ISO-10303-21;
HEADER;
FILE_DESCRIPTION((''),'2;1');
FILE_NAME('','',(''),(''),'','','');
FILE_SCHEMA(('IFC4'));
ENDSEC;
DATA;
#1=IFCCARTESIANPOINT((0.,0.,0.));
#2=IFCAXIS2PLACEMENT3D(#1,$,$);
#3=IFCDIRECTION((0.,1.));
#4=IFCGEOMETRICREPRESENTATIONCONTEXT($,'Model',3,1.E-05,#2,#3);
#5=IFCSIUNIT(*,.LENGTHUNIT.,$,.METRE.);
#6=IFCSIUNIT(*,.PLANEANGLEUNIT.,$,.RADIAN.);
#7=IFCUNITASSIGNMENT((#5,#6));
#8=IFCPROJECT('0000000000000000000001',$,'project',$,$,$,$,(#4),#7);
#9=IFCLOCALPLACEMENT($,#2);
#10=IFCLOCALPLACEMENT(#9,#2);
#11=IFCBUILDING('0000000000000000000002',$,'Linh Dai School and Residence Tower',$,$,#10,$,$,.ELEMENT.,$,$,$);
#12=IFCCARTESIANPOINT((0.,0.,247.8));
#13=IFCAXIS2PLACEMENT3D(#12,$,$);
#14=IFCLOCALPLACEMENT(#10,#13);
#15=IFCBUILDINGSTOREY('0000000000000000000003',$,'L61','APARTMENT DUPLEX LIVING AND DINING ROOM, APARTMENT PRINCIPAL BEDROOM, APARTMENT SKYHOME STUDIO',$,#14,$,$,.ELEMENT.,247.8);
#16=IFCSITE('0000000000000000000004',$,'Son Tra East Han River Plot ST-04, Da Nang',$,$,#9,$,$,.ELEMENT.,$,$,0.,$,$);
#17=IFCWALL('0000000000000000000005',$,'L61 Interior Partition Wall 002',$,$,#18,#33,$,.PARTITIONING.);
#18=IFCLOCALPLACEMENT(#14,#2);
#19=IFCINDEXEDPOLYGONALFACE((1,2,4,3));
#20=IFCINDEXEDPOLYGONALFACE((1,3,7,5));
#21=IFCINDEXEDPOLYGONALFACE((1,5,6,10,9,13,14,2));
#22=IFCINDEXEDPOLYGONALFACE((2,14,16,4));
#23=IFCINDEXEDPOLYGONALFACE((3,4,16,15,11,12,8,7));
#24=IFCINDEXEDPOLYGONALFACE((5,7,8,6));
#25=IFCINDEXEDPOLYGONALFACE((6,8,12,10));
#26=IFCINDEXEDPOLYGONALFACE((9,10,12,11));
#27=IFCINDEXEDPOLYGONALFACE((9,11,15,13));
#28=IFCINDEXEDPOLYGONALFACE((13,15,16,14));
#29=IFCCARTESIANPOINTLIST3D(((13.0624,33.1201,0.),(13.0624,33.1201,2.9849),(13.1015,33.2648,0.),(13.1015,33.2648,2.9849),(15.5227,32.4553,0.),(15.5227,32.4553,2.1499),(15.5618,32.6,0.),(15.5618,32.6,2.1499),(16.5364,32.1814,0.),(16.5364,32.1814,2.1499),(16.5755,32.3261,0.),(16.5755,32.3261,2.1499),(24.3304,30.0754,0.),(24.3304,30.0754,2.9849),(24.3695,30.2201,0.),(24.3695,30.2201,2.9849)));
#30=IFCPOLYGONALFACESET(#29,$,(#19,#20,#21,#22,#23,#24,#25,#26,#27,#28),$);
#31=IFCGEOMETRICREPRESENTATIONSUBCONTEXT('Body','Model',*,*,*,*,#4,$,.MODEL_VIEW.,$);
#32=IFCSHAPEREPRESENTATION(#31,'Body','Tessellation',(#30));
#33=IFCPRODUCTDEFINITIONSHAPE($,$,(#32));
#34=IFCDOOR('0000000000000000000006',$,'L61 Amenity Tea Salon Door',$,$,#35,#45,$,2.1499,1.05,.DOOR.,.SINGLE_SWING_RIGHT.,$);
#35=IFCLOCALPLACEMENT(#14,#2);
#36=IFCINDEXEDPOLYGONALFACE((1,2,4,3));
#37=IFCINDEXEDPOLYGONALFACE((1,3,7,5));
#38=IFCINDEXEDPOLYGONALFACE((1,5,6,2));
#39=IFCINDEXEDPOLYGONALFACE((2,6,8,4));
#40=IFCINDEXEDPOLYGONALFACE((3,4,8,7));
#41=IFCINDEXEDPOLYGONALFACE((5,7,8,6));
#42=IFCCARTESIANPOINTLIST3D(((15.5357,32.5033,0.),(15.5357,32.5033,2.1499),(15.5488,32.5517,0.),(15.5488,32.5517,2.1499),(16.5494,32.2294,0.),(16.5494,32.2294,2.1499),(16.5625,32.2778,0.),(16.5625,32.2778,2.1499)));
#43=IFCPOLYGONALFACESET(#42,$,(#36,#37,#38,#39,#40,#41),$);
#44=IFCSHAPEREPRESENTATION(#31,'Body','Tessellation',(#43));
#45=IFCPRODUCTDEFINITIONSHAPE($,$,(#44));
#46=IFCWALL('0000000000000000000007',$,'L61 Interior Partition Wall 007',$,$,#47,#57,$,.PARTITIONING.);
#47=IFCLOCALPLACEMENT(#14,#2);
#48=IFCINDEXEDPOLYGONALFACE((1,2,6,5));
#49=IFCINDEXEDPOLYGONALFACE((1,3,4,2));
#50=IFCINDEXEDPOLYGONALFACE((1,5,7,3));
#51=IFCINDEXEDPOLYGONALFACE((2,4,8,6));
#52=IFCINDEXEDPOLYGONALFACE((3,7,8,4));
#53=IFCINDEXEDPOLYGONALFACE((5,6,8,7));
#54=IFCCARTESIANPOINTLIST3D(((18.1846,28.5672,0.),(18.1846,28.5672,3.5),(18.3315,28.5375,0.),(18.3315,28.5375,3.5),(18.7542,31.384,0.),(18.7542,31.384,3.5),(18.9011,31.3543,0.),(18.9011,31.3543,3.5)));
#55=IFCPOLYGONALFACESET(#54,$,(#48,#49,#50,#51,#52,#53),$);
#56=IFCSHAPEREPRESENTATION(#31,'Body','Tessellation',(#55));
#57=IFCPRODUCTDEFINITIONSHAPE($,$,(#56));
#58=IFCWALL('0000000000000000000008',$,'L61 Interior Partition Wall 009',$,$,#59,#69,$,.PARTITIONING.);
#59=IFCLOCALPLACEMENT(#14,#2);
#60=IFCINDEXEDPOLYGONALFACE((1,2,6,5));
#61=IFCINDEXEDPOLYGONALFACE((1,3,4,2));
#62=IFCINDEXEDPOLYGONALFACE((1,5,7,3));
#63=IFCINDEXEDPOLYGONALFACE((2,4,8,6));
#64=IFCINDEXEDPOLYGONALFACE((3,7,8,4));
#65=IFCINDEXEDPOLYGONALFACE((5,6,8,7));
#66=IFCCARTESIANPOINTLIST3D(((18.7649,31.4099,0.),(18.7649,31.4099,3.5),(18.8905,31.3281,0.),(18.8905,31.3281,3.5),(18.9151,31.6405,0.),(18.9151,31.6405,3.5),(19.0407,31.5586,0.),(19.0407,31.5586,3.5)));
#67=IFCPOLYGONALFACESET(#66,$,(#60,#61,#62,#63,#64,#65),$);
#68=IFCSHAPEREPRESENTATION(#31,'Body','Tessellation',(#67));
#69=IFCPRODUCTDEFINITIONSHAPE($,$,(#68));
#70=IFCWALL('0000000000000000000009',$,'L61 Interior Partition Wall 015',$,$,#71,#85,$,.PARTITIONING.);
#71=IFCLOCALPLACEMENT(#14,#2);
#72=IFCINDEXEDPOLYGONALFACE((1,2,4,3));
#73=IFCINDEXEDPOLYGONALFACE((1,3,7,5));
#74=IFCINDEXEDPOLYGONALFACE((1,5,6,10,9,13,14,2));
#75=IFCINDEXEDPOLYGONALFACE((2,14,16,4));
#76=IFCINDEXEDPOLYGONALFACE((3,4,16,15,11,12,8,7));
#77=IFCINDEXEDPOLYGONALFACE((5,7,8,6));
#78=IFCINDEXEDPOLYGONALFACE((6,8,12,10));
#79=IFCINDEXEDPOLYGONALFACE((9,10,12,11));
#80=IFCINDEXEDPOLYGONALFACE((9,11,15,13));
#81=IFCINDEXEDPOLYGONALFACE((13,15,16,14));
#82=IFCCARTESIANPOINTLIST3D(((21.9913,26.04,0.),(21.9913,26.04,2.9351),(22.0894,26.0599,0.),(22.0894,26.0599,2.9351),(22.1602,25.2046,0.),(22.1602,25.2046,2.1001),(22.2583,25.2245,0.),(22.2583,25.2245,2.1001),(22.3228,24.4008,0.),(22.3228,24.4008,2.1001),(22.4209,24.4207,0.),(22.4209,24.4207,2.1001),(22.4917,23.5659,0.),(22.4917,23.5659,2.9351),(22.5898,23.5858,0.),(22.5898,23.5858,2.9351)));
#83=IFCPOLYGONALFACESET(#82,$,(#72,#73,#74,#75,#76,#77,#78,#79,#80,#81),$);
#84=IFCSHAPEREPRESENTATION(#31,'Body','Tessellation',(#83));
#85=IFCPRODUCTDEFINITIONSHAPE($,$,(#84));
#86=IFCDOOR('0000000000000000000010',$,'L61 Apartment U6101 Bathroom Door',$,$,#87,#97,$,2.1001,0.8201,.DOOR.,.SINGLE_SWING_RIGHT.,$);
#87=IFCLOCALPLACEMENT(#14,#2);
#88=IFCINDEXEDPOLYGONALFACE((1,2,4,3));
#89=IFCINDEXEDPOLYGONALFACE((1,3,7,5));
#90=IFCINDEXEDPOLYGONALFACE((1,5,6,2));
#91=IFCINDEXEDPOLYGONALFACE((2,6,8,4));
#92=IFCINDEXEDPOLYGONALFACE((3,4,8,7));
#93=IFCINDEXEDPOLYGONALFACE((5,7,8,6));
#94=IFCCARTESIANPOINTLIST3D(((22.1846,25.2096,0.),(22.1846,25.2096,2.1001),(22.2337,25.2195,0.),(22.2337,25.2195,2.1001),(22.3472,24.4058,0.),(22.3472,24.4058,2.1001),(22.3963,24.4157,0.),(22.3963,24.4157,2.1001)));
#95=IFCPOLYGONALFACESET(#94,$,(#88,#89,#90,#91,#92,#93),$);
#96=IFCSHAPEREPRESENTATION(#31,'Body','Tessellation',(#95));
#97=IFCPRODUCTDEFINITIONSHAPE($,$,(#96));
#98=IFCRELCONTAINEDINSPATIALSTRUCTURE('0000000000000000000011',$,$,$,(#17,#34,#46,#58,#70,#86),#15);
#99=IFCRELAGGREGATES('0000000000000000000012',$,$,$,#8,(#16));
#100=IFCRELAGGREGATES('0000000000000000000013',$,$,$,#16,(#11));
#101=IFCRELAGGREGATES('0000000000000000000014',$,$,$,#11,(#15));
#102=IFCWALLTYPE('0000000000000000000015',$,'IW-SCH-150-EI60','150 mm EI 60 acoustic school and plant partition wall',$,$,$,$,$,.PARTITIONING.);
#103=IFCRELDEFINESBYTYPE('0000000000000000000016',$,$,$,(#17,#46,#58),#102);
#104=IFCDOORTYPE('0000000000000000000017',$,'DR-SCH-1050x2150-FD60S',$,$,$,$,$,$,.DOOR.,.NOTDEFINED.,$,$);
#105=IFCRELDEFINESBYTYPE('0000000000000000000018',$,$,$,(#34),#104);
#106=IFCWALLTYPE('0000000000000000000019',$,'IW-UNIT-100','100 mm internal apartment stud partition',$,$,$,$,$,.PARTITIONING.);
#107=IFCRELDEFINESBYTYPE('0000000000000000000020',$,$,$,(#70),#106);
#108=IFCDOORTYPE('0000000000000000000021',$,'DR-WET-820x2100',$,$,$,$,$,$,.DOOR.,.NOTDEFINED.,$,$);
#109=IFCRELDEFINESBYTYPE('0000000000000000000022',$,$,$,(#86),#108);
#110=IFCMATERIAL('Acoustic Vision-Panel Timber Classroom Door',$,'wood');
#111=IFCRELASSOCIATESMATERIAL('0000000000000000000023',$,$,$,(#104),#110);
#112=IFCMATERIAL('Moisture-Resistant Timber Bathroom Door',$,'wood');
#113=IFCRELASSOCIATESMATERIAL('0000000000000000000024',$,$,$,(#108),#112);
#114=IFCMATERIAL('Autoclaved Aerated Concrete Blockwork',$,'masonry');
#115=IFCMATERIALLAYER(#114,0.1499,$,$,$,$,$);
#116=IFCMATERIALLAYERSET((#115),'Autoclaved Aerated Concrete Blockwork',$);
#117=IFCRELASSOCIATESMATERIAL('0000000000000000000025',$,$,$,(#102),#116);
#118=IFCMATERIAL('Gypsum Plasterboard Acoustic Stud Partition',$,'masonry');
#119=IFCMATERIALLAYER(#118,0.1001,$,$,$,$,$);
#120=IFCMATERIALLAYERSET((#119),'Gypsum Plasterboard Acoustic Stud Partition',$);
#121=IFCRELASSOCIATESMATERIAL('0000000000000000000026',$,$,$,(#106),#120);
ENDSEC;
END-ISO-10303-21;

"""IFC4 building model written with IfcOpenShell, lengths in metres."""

from ifc_helpers import new_model, si_unit, direction, frame, frame_2d, origin, origin_2d, place, context, subcontext, project, spatial, rectangle, extrude, source, transform, mapped, material, layer, layer_set, type_object, element, fill, save


model = new_model("IFC4")

# Units and contexts
model_context = context("Model", 3, precision=1e-05, world=origin(), true_north=direction((0.0, 1.0)))
body_context = subcontext(model_context, "Body", "Model", "MODEL_VIEW")
ifc_project = project(units=[si_unit("LENGTHUNIT", "METRE"), si_unit("PLANEANGLEUNIT", "RADIAN")], contexts=[model_context])

# Site, building, storey
site_placement = place(None, origin())
site = spatial("IfcSite", under=ifc_project, at=site_placement, Name="Son Tra East Han River Plot ST-04, Da Nang", CompositionType="ELEMENT", RefElevation=0.0)
building_placement = place(site_placement, origin())
building = spatial("IfcBuilding", under=site, at=building_placement, Name="Linh Dai School and Residence Tower", CompositionType="ELEMENT")
storey_placement = place(building_placement, frame((0.0, 0.0, 247.8)))
storey = spatial("IfcBuildingStorey", under=building, at=storey_placement, Name="L61", Description="APARTMENT DUPLEX LIVING AND DINING ROOM, APARTMENT PRINCIPAL BEDROOM, APARTMENT SKYHOME STUDIO", CompositionType="ELEMENT", Elevation=247.8)

# Shared definitions
ifc_material_1 = material(Name="Autoclaved Aerated Concrete Blockwork", Category="masonry")

# Shared definitions
ifc_material_2 = material(Name="Acoustic Vision-Panel Timber Classroom Door", Category="wood")
door_type_1 = type_object("IfcDoorType", Name="DR-SCH-1050x2150-FD60S", OperationType="NOTDEFINED", PredefinedType="DOOR", material=ifc_material_2)
shared_shape_1 = source(origin(), body_context, "Body", "SweptSolid", [
    extrude(rectangle(XDim=1.05, YDim=2.1499, at=origin_2d()), frame((0.5249, 0.0249, 1.075), z_axis=(0.0, -1.0, 0.0), x_axis=(1.0, 0.0, 0.0)), (0.0, 0.0, 1.0), 0.05),
])
ifc_material_3 = material(Name="Moisture-Resistant Timber Bathroom Door", Category="wood")
door_type_2 = type_object("IfcDoorType", Name="DR-WET-820x2100", OperationType="NOTDEFINED", PredefinedType="DOOR", material=ifc_material_3)
shared_shape_2 = source(origin(), body_context, "Body", "SweptSolid", [
    extrude(rectangle(XDim=0.8201, YDim=2.1001, at=origin_2d()), frame((0.4102, 0.0249, 1.05), z_axis=(0.0, -1.0, 0.0), x_axis=(1.0, 0.0, 0.0)), (0.0, 0.0, 1.0), 0.05),
])

# Wall, opening, door
ifc_layer_1 = layer(ifc_material_1, 0.1499)
ifc_layer_set_1 = layer_set([ifc_layer_1], Name="Autoclaved Aerated Concrete Blockwork")
wall_type_1 = type_object("IfcWallType", Name="IW-SCH-150-EI60", Description="150 mm EI 60 acoustic school and plant partition wall", PredefinedType="PARTITIONING", material=ifc_layer_set_1)
wall_1_placement = place(storey_placement, frame((13.082, 33.1924, 0.0), z_axis=(0.0, 0.0, 1.0), x_axis=(0.965379, -0.260849, 0.0)))
wall_1 = element("IfcWall", 1, at=wall_1_placement, inside=storey, type_object=wall_type_1, Name="L61 Interior Partition Wall 002", PredefinedType="PARTITIONING", context=body_context, shape_type="SweptSolid", body=[
    extrude(rectangle(XDim=11.6721, YDim=0.1499, at=frame_2d((5.8359, 0.0))), origin(), (0.0, 0.0, 1.0), 2.9849),
])
opening_1_placement = place(wall_1_placement, frame((2.5486, 0.0, 0.0)))
opening_1 = element("IfcOpeningElement", 2, at=opening_1_placement, cuts=wall_1, PredefinedType="OPENING", context=body_context, shape_type="SweptSolid", body=[
    extrude(rectangle(XDim=1.05, YDim=2.1499, at=origin_2d()), frame((0.5249, 0.085, 1.075), z_axis=(0.0, -1.0, 0.0), x_axis=(1.0, 0.0, 0.0)), (0.0, 0.0, 1.0), 0.1699),
])
door_1_placement = place(opening_1_placement, origin())
door_1 = element("IfcDoor", 3, at=door_1_placement, inside=storey, type_object=door_type_1, Name="L61 Amenity Tea Salon Door", OperationType="SINGLE_SWING_RIGHT", OverallHeight=2.1499, OverallWidth=1.05, PredefinedType="DOOR", context=body_context, shape_type="MappedRepresentation", body=[
    mapped(shared_shape_1, transform((0.0, 0.0, 0.0), x_axis=(1.0, 0.0, 0.0), y_axis=(0.0, 1.0, 0.0), z_axis=(0.0, 0.0, 1.0), scale=1.0)),
])
fill(opening_1, door_1)

# Walls
wall_2_placement = place(storey_placement, frame((18.2581, 28.5522, 0.0), z_axis=(0.0, 0.0, 1.0), x_axis=(0.198207, 0.98016, 0.0)))
element("IfcWall", 4, at=wall_2_placement, inside=storey, type_object=wall_type_1, Name="L61 Interior Partition Wall 007", PredefinedType="PARTITIONING", context=body_context, shape_type="SweptSolid", body=[
    extrude(rectangle(XDim=2.8738, YDim=0.1499, at=frame_2d((1.437, 0.0))), origin(), (0.0, 0.0, 1.0), 3.5),
])
wall_3_placement = place(storey_placement, frame((18.8276, 31.3689, 0.0), z_axis=(0.0, 0.0, 1.0), x_axis=(0.545862, 0.837875, 0.0)))
element("IfcWall", 5, at=wall_3_placement, inside=storey, type_object=wall_type_1, Name="L61 Interior Partition Wall 009", PredefinedType="PARTITIONING", context=body_context, shape_type="SweptSolid", body=[
    extrude(rectangle(XDim=0.2751, YDim=0.1499, at=frame_2d((0.1377, 0.0))), origin(), (0.0, 0.0, 1.0), 3.5),
])

# Wall, opening, door
ifc_material_4 = material(Name="Gypsum Plasterboard Acoustic Stud Partition", Category="masonry")
ifc_layer_2 = layer(ifc_material_4, 0.1001)
ifc_layer_set_2 = layer_set([ifc_layer_2], Name="Gypsum Plasterboard Acoustic Stud Partition")
wall_type_2 = type_object("IfcWallType", Name="IW-UNIT-100", Description="100 mm internal apartment stud partition", PredefinedType="PARTITIONING", material=ifc_layer_set_2)
wall_4_placement = place(storey_placement, frame((22.0403, 26.05, 0.0), z_axis=(0.0, 0.0, 1.0), x_axis=(0.198273, -0.980147, 0.0)))
wall_4 = element("IfcWall", 6, at=wall_4_placement, inside=storey, type_object=wall_type_2, Name="L61 Interior Partition Wall 015", PredefinedType="PARTITIONING", context=body_context, shape_type="SweptSolid", body=[
    extrude(rectangle(XDim=2.5242, YDim=0.1001, at=frame_2d((1.2622, 0.0))), origin(), (0.0, 0.0, 1.0), 2.9351),
])
opening_2_placement = place(wall_4_placement, frame((0.8523, 0.0, 0.0)))
opening_2 = element("IfcOpeningElement", 7, at=opening_2_placement, cuts=wall_4, PredefinedType="OPENING", context=body_context, shape_type="SweptSolid", body=[
    extrude(rectangle(XDim=0.8201, YDim=2.1001, at=origin_2d()), frame((0.4102, 0.0601, 1.05), z_axis=(0.0, -1.0, 0.0), x_axis=(1.0, 0.0, 0.0)), (0.0, 0.0, 1.0), 0.1201),
])
door_2_placement = place(opening_2_placement, origin())
door_2 = element("IfcDoor", 8, at=door_2_placement, inside=storey, type_object=door_type_2, Name="L61 Apartment U6101 Bathroom Door", OperationType="SINGLE_SWING_RIGHT", OverallHeight=2.1001, OverallWidth=0.8201, PredefinedType="DOOR", context=body_context, shape_type="MappedRepresentation", body=[
    mapped(shared_shape_2, transform((0.0, 0.0, 0.0), x_axis=(1.0, 0.0, 0.0), y_axis=(0.0, 1.0, 0.0), z_axis=(0.0, 0.0, 1.0), scale=1.0)),
])
fill(opening_2, door_2)

save(model, "model.ifc")
